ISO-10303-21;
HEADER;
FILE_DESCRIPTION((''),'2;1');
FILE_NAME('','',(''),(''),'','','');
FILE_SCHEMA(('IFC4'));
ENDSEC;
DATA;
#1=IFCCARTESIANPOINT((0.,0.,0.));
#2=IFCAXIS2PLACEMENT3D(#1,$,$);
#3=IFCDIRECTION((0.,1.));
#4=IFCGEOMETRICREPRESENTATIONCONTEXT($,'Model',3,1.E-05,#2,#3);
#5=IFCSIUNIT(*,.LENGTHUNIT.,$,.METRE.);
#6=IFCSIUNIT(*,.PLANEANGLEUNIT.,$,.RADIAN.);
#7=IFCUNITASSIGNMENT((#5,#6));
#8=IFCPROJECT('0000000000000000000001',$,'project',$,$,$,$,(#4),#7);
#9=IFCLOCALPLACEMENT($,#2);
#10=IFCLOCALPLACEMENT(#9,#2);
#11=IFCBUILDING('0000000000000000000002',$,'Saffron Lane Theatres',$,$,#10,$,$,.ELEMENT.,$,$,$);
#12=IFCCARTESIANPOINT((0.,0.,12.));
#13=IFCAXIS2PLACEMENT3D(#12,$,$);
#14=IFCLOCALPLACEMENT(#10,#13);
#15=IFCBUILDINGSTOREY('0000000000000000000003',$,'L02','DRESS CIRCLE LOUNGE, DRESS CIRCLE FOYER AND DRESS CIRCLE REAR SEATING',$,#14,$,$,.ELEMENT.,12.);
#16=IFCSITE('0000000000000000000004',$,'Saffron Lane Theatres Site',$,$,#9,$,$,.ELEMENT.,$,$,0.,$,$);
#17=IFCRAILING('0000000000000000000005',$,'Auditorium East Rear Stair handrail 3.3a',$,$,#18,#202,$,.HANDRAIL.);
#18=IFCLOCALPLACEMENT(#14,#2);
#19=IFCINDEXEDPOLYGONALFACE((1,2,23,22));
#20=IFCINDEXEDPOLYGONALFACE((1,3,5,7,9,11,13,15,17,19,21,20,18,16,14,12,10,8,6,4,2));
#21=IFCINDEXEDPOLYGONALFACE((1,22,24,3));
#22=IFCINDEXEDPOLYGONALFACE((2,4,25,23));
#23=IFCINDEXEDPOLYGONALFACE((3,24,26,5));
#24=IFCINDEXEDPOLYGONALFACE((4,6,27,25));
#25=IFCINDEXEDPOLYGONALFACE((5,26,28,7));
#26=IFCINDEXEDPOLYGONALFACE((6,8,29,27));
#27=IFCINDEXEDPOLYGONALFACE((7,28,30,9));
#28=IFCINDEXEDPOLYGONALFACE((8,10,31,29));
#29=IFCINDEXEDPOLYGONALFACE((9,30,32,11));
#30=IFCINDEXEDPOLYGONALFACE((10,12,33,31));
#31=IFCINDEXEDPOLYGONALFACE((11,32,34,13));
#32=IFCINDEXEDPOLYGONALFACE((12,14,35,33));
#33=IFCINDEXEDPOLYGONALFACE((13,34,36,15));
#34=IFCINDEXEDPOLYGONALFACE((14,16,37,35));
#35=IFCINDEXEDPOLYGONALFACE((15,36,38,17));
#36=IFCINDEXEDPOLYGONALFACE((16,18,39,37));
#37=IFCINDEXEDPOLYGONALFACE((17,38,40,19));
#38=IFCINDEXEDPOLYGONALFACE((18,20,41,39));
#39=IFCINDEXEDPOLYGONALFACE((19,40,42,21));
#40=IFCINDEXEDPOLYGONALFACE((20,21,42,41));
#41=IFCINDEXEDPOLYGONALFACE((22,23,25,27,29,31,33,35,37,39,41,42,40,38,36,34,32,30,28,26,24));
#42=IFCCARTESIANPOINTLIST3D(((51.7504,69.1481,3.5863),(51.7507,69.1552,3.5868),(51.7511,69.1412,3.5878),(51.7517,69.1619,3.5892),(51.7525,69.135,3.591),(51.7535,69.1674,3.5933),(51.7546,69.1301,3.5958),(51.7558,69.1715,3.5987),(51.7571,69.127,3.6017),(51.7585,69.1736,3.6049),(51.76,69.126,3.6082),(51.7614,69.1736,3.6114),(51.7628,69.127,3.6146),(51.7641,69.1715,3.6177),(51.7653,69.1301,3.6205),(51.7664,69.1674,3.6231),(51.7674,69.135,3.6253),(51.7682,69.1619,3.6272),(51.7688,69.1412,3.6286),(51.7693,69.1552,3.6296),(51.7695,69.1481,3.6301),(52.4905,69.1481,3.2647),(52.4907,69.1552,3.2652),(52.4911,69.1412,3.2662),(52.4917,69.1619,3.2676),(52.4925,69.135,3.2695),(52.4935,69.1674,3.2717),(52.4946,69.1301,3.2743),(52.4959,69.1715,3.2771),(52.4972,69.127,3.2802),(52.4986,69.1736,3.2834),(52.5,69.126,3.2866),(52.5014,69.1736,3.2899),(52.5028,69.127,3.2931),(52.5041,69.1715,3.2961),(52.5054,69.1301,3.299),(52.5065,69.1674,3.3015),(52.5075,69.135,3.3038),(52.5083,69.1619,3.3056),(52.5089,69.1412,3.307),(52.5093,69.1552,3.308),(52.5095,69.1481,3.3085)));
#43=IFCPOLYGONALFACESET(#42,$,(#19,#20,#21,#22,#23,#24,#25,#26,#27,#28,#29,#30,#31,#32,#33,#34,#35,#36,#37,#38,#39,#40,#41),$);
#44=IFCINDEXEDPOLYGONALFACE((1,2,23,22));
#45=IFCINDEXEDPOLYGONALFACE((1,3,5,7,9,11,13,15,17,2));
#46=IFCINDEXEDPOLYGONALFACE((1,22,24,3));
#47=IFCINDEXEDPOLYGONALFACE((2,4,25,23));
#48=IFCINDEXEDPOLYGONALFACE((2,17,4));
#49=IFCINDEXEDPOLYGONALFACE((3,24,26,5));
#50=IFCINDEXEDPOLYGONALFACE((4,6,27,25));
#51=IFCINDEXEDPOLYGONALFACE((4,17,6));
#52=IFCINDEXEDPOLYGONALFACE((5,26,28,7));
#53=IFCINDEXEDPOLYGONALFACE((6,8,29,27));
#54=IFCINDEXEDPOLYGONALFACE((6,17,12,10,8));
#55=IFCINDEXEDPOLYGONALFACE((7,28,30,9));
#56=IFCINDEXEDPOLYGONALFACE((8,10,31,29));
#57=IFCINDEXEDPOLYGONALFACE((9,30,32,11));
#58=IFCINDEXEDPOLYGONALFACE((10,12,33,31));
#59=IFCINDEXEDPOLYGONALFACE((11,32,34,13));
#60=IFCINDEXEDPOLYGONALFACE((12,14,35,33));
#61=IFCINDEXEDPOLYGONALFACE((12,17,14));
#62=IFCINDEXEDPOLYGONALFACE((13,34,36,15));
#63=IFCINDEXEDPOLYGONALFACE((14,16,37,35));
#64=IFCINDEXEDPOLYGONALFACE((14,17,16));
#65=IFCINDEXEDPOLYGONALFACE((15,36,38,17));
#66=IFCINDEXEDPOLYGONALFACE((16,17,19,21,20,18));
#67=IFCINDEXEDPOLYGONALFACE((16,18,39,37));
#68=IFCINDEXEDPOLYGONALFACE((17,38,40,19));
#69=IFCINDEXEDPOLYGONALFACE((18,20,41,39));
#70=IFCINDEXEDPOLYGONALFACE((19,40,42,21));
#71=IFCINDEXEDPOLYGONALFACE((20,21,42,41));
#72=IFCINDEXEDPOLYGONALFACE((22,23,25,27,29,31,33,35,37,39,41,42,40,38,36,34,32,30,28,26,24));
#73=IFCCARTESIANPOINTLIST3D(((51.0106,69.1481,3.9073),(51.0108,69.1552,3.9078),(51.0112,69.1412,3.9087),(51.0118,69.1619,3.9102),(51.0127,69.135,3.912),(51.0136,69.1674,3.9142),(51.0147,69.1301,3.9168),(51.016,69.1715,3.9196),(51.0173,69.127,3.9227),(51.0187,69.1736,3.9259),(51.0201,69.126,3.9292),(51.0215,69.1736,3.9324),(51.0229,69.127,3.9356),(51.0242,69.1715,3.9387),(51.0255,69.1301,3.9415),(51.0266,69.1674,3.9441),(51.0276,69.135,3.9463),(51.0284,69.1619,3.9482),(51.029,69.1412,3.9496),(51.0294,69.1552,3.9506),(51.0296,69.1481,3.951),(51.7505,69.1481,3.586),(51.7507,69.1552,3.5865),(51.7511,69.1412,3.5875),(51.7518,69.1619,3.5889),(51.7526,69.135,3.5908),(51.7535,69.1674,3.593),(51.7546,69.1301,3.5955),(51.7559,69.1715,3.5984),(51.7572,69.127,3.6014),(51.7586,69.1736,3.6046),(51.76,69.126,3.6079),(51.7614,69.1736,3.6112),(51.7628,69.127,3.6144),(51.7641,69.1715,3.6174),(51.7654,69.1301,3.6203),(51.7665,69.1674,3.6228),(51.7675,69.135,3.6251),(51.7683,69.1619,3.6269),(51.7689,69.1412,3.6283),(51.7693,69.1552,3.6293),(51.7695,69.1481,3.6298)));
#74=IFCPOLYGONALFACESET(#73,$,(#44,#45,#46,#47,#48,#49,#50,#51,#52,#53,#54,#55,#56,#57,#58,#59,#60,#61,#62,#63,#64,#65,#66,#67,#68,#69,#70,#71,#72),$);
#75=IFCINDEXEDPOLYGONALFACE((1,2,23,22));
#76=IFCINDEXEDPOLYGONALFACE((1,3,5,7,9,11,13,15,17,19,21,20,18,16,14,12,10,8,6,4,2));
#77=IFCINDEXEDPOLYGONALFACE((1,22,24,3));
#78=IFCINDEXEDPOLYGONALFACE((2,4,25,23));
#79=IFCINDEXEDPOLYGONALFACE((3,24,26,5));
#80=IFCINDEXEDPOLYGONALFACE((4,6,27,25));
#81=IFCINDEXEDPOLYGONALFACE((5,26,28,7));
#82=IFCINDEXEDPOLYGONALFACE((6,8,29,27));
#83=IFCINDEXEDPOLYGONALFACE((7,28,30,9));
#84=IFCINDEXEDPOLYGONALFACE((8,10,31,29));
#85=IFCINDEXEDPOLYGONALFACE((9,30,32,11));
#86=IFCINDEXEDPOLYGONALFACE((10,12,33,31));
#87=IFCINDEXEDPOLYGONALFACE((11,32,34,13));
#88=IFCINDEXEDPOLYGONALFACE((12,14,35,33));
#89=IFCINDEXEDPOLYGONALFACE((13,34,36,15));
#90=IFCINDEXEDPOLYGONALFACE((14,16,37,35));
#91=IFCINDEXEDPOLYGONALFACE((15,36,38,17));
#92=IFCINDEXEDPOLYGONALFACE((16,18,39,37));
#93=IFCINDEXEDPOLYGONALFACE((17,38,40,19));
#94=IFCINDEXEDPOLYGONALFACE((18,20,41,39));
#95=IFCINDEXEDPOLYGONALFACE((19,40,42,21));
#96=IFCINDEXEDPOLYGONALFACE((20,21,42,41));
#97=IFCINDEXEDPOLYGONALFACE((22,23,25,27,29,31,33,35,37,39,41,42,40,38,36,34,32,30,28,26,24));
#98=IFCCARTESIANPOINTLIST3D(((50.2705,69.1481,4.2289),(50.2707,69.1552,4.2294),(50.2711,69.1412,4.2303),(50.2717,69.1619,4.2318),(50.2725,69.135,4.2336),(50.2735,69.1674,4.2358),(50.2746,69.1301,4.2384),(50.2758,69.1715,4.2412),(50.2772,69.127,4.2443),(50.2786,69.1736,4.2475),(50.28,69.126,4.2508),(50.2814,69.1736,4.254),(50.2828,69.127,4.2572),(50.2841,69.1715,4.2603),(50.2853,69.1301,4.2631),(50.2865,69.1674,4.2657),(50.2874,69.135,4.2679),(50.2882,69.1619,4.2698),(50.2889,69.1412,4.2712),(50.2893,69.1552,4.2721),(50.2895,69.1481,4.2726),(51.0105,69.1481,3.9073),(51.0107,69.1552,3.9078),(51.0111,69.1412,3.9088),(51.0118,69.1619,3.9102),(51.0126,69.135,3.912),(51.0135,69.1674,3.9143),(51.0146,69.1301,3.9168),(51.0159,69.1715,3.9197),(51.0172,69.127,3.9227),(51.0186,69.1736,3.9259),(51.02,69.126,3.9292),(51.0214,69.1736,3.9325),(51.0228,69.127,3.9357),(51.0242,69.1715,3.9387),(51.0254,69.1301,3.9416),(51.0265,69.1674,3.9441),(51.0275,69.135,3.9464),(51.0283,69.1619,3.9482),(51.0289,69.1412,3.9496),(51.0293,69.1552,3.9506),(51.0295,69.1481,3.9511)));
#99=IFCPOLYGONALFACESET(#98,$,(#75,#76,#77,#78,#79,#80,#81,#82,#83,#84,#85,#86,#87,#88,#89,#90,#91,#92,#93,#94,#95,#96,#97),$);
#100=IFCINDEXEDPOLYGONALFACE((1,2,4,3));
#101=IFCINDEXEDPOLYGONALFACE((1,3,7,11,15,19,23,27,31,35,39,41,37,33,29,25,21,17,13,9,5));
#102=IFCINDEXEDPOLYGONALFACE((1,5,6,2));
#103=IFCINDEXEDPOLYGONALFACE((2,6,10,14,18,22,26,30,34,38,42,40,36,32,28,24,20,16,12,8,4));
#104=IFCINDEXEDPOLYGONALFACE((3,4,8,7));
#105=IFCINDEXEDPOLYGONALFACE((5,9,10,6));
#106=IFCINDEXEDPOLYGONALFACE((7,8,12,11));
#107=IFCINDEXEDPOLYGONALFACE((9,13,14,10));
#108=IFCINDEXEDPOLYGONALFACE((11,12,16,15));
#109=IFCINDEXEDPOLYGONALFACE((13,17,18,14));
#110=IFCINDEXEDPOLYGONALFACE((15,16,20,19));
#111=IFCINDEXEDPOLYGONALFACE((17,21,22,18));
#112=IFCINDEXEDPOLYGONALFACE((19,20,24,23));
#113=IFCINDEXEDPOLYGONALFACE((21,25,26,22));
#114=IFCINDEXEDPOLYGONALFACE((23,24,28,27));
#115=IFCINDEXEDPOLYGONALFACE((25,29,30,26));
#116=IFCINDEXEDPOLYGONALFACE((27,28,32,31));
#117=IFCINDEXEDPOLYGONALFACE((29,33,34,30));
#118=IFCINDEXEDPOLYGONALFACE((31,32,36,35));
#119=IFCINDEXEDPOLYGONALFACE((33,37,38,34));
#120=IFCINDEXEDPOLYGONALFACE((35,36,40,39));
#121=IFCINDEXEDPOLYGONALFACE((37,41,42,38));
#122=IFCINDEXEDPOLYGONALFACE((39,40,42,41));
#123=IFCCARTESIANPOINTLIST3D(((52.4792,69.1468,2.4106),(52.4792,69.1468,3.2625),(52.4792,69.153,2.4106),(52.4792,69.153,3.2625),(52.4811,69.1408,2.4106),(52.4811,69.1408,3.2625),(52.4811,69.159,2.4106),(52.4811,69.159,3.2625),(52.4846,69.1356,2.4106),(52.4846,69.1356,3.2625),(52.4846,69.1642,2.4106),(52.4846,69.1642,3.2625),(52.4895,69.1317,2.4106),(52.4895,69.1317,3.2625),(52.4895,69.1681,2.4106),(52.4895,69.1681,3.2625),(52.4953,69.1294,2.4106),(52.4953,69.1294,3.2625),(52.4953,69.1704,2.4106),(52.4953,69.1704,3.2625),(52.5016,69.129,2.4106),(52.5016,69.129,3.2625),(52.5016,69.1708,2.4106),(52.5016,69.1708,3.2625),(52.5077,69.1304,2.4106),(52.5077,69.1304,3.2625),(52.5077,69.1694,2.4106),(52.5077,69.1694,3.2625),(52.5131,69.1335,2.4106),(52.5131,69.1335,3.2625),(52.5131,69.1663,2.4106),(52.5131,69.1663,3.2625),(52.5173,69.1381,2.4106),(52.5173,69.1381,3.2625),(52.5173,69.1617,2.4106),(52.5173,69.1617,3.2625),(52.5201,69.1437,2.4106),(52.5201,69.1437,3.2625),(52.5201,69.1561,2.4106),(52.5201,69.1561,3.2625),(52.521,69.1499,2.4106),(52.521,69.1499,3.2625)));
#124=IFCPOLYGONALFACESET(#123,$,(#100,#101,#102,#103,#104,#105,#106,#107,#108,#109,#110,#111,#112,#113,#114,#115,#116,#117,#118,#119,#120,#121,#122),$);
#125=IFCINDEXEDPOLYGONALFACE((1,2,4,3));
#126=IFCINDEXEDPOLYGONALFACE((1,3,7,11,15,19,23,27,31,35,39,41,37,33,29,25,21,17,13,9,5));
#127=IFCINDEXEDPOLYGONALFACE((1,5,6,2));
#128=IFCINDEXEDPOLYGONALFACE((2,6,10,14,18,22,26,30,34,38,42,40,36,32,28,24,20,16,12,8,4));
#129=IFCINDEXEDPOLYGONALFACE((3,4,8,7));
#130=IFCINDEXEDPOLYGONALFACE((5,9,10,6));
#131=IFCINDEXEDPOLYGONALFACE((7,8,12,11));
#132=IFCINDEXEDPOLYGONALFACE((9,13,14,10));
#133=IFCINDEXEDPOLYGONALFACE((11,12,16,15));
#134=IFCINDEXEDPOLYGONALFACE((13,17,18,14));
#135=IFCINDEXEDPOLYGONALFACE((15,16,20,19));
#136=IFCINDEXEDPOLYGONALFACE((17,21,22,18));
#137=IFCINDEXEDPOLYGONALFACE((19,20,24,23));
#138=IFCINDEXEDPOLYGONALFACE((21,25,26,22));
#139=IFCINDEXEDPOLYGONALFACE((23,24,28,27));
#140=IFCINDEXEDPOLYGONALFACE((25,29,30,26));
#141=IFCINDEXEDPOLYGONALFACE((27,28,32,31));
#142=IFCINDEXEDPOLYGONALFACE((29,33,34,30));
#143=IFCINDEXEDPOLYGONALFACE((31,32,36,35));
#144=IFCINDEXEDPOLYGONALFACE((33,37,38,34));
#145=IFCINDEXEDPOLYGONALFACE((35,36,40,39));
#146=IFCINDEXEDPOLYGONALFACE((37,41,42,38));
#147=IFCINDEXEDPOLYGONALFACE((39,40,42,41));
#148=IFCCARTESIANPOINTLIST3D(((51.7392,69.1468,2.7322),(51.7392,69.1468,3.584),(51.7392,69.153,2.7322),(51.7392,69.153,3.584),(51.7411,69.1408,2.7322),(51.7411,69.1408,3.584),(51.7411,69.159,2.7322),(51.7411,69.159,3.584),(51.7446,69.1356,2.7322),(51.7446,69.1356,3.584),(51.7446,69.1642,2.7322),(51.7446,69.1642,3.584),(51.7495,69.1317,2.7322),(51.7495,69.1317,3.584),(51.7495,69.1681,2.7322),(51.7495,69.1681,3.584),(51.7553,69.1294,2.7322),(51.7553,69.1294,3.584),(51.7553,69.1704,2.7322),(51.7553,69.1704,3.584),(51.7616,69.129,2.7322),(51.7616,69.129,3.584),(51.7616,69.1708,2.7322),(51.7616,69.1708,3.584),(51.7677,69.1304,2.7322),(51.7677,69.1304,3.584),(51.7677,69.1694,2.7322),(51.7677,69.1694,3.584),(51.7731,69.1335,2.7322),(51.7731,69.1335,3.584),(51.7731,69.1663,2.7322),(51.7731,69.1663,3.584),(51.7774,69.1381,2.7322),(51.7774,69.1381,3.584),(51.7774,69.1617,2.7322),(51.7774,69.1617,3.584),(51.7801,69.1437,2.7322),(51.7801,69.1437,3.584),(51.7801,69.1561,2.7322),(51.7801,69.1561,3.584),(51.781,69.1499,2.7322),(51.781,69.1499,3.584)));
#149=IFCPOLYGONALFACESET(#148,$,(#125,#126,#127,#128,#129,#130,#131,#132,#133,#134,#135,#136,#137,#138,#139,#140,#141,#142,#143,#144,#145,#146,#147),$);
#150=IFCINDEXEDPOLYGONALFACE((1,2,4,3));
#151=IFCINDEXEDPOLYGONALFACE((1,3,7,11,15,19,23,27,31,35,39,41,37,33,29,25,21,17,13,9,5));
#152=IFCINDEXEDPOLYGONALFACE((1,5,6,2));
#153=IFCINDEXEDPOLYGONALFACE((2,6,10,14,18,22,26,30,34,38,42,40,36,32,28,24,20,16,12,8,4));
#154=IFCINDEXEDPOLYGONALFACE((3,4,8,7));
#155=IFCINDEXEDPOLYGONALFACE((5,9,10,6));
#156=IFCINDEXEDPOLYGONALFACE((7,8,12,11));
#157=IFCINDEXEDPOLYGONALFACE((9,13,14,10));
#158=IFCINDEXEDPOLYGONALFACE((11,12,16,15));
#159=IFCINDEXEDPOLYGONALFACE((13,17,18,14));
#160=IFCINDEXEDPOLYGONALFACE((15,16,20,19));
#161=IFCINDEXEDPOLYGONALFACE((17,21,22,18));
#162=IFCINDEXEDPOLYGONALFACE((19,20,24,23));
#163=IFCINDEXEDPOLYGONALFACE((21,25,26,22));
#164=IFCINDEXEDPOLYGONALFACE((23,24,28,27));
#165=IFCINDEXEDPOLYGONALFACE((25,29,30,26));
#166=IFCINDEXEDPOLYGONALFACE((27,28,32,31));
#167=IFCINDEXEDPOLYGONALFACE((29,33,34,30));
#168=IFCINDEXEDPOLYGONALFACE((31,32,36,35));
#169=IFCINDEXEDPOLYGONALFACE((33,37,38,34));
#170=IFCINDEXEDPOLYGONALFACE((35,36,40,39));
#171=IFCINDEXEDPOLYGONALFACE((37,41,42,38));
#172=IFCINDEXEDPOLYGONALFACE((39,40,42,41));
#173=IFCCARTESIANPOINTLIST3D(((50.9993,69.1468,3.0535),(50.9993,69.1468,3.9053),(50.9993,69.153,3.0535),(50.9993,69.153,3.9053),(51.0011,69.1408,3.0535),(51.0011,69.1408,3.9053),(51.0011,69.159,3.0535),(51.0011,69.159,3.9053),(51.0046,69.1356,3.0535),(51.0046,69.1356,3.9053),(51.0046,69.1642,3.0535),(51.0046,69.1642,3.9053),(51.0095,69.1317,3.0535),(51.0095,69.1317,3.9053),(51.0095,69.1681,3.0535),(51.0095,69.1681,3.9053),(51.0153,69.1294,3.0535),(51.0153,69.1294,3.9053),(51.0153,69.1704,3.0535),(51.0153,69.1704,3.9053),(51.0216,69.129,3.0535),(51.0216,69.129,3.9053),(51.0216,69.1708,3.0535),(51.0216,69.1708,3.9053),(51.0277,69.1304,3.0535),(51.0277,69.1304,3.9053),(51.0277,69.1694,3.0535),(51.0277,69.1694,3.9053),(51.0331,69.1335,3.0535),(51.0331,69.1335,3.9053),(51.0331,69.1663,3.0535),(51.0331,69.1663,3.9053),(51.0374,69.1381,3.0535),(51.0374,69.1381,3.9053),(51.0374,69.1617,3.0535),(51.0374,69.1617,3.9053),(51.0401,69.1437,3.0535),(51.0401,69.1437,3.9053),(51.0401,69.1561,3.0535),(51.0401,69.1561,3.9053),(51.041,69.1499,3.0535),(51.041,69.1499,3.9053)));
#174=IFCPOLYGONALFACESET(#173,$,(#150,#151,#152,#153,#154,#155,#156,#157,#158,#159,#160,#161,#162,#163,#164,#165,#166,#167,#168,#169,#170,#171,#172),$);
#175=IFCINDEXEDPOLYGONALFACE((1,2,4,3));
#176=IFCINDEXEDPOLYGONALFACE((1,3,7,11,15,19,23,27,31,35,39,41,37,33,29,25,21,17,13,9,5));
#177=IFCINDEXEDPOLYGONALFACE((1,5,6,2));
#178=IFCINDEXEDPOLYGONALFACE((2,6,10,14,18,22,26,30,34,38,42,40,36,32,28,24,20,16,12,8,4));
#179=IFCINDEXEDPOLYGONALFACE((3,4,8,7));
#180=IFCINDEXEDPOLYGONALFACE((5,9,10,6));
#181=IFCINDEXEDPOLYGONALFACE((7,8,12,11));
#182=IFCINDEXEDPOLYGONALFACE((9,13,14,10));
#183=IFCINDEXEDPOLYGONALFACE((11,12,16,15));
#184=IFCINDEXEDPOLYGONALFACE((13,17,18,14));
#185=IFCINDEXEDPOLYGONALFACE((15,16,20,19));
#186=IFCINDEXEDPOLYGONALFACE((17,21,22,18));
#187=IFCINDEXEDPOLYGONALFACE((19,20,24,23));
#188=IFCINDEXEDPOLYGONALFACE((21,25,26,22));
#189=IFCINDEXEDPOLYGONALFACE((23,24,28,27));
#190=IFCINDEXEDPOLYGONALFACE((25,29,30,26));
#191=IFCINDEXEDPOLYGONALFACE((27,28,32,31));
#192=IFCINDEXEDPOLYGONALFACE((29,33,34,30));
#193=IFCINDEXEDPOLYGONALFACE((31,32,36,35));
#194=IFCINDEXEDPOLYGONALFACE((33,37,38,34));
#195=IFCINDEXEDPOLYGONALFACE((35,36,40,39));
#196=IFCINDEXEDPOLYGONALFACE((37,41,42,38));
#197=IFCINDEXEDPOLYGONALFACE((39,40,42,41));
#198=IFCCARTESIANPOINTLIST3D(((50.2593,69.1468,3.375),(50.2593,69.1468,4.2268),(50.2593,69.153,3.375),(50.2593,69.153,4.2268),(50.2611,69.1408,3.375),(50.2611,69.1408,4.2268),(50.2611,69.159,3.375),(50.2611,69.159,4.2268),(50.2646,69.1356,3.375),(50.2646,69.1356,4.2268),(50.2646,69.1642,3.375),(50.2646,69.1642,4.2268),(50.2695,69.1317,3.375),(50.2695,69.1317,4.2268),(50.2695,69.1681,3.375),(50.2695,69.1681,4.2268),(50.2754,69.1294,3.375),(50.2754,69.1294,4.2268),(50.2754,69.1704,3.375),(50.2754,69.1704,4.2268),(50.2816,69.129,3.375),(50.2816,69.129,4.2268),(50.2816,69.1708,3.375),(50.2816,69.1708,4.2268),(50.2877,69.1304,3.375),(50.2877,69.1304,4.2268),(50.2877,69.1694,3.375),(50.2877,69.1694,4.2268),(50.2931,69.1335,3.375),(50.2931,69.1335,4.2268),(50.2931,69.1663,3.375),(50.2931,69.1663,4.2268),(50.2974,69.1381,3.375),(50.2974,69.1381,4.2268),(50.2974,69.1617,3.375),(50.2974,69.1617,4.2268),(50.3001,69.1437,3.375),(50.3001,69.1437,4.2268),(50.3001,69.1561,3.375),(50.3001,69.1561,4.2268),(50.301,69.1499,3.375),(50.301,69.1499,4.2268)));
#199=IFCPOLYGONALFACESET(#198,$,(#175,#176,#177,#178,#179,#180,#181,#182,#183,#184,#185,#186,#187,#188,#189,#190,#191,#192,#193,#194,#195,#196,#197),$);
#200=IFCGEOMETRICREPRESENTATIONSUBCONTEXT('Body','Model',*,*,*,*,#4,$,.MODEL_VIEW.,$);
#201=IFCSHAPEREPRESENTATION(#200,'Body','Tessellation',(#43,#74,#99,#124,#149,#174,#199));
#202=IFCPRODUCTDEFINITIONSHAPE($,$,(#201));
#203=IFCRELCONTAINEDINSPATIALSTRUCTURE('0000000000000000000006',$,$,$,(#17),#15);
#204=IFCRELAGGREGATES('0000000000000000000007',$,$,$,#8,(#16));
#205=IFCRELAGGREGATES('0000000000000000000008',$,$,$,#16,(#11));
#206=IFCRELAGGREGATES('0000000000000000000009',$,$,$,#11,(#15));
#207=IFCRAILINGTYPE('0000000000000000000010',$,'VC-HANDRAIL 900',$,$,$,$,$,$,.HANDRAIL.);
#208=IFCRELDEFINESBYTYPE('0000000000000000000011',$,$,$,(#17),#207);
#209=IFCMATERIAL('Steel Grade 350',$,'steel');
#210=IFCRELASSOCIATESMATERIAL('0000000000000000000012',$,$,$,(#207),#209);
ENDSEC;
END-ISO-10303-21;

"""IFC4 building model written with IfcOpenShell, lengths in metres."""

from ifc_helpers import new_model, si_unit, direction, frame, origin, origin_2d, place, context, subcontext, project, spatial, circle, extrude, material, type_object, element, save


model = new_model("IFC4")

# Units and contexts
model_context = context("Model", 3, precision=1e-05, world=origin(), true_north=direction((0.0, 1.0)))
body_context = subcontext(model_context, "Body", "Model", "MODEL_VIEW")
ifc_project = project(units=[si_unit("LENGTHUNIT", "METRE"), si_unit("PLANEANGLEUNIT", "RADIAN")], contexts=[model_context])

# Site, building, storey
site_placement = place(None, origin())
site = spatial("IfcSite", under=ifc_project, at=site_placement, Name="Saffron Lane Theatres Site", CompositionType="ELEMENT", RefElevation=0.0)
building_placement = place(site_placement, origin())
building = spatial("IfcBuilding", under=site, at=building_placement, Name="Saffron Lane Theatres", CompositionType="ELEMENT")
storey_placement = place(building_placement, frame((0.0, 0.0, 12.0)))
storey = spatial("IfcBuildingStorey", under=building, at=storey_placement, Name="L02", Description="DRESS CIRCLE LOUNGE, DRESS CIRCLE FOYER AND DRESS CIRCLE REAR SEATING", CompositionType="ELEMENT", Elevation=12.0)

# Railing
ifc_material_1 = material(Name="Steel Grade 350", Category="steel")
railing_type_1 = type_object("IfcRailingType", Name="VC-HANDRAIL 900", PredefinedType="HANDRAIL", material=ifc_material_1)
railing_1_placement = place(storey_placement, frame((52.5, 69.1499, 2.4106)))
element("IfcRailing", 1, at=railing_1_placement, inside=storey, type_object=railing_type_1, Name="Auditorium East Rear Stair handrail 3.3a", PredefinedType="HANDRAIL", context=body_context, shape_type="SweptSolid", body=[
    extrude(circle(Radius=0.0239, at=origin_2d()), frame((0.0, 0.0, 0.876), z_axis=(-0.917161, 0.0, 0.398516), x_axis=(0.0, -1.0, 0.0)), (0.0, 0.0, 1.0), 0.8069),
    extrude(circle(Radius=0.0239, at=origin_2d()), frame((-0.74, 0.0, 1.1973), z_axis=(-0.917272, 0.0, 0.398261), x_axis=(0.0, -1.0, 0.0)), (0.0, 0.0, 1.0), 0.8066),
    extrude(circle(Radius=0.0239, at=origin_2d()), frame((-1.48, 0.0, 1.5186), z_axis=(-0.917161, 0.0, 0.398516), x_axis=(0.0, -1.0, 0.0)), (0.0, 0.0, 1.0), 0.8069),
    extrude(circle(Radius=0.021, at=origin_2d()), origin(), (0.0, 0.0, 1.0), 0.8518),
    extrude(circle(Radius=0.021, at=origin_2d()), frame((-0.74, 0.0, 0.3215)), (0.0, 0.0, 1.0), 0.8518),
    extrude(circle(Radius=0.021, at=origin_2d()), frame((-1.48, 0.0, 0.6428)), (0.0, 0.0, 1.0), 0.8518),
    extrude(circle(Radius=0.021, at=origin_2d()), frame((-2.22, 0.0, 0.9644)), (0.0, 0.0, 1.0), 0.8518),
])

save(model, "model.ifc")
